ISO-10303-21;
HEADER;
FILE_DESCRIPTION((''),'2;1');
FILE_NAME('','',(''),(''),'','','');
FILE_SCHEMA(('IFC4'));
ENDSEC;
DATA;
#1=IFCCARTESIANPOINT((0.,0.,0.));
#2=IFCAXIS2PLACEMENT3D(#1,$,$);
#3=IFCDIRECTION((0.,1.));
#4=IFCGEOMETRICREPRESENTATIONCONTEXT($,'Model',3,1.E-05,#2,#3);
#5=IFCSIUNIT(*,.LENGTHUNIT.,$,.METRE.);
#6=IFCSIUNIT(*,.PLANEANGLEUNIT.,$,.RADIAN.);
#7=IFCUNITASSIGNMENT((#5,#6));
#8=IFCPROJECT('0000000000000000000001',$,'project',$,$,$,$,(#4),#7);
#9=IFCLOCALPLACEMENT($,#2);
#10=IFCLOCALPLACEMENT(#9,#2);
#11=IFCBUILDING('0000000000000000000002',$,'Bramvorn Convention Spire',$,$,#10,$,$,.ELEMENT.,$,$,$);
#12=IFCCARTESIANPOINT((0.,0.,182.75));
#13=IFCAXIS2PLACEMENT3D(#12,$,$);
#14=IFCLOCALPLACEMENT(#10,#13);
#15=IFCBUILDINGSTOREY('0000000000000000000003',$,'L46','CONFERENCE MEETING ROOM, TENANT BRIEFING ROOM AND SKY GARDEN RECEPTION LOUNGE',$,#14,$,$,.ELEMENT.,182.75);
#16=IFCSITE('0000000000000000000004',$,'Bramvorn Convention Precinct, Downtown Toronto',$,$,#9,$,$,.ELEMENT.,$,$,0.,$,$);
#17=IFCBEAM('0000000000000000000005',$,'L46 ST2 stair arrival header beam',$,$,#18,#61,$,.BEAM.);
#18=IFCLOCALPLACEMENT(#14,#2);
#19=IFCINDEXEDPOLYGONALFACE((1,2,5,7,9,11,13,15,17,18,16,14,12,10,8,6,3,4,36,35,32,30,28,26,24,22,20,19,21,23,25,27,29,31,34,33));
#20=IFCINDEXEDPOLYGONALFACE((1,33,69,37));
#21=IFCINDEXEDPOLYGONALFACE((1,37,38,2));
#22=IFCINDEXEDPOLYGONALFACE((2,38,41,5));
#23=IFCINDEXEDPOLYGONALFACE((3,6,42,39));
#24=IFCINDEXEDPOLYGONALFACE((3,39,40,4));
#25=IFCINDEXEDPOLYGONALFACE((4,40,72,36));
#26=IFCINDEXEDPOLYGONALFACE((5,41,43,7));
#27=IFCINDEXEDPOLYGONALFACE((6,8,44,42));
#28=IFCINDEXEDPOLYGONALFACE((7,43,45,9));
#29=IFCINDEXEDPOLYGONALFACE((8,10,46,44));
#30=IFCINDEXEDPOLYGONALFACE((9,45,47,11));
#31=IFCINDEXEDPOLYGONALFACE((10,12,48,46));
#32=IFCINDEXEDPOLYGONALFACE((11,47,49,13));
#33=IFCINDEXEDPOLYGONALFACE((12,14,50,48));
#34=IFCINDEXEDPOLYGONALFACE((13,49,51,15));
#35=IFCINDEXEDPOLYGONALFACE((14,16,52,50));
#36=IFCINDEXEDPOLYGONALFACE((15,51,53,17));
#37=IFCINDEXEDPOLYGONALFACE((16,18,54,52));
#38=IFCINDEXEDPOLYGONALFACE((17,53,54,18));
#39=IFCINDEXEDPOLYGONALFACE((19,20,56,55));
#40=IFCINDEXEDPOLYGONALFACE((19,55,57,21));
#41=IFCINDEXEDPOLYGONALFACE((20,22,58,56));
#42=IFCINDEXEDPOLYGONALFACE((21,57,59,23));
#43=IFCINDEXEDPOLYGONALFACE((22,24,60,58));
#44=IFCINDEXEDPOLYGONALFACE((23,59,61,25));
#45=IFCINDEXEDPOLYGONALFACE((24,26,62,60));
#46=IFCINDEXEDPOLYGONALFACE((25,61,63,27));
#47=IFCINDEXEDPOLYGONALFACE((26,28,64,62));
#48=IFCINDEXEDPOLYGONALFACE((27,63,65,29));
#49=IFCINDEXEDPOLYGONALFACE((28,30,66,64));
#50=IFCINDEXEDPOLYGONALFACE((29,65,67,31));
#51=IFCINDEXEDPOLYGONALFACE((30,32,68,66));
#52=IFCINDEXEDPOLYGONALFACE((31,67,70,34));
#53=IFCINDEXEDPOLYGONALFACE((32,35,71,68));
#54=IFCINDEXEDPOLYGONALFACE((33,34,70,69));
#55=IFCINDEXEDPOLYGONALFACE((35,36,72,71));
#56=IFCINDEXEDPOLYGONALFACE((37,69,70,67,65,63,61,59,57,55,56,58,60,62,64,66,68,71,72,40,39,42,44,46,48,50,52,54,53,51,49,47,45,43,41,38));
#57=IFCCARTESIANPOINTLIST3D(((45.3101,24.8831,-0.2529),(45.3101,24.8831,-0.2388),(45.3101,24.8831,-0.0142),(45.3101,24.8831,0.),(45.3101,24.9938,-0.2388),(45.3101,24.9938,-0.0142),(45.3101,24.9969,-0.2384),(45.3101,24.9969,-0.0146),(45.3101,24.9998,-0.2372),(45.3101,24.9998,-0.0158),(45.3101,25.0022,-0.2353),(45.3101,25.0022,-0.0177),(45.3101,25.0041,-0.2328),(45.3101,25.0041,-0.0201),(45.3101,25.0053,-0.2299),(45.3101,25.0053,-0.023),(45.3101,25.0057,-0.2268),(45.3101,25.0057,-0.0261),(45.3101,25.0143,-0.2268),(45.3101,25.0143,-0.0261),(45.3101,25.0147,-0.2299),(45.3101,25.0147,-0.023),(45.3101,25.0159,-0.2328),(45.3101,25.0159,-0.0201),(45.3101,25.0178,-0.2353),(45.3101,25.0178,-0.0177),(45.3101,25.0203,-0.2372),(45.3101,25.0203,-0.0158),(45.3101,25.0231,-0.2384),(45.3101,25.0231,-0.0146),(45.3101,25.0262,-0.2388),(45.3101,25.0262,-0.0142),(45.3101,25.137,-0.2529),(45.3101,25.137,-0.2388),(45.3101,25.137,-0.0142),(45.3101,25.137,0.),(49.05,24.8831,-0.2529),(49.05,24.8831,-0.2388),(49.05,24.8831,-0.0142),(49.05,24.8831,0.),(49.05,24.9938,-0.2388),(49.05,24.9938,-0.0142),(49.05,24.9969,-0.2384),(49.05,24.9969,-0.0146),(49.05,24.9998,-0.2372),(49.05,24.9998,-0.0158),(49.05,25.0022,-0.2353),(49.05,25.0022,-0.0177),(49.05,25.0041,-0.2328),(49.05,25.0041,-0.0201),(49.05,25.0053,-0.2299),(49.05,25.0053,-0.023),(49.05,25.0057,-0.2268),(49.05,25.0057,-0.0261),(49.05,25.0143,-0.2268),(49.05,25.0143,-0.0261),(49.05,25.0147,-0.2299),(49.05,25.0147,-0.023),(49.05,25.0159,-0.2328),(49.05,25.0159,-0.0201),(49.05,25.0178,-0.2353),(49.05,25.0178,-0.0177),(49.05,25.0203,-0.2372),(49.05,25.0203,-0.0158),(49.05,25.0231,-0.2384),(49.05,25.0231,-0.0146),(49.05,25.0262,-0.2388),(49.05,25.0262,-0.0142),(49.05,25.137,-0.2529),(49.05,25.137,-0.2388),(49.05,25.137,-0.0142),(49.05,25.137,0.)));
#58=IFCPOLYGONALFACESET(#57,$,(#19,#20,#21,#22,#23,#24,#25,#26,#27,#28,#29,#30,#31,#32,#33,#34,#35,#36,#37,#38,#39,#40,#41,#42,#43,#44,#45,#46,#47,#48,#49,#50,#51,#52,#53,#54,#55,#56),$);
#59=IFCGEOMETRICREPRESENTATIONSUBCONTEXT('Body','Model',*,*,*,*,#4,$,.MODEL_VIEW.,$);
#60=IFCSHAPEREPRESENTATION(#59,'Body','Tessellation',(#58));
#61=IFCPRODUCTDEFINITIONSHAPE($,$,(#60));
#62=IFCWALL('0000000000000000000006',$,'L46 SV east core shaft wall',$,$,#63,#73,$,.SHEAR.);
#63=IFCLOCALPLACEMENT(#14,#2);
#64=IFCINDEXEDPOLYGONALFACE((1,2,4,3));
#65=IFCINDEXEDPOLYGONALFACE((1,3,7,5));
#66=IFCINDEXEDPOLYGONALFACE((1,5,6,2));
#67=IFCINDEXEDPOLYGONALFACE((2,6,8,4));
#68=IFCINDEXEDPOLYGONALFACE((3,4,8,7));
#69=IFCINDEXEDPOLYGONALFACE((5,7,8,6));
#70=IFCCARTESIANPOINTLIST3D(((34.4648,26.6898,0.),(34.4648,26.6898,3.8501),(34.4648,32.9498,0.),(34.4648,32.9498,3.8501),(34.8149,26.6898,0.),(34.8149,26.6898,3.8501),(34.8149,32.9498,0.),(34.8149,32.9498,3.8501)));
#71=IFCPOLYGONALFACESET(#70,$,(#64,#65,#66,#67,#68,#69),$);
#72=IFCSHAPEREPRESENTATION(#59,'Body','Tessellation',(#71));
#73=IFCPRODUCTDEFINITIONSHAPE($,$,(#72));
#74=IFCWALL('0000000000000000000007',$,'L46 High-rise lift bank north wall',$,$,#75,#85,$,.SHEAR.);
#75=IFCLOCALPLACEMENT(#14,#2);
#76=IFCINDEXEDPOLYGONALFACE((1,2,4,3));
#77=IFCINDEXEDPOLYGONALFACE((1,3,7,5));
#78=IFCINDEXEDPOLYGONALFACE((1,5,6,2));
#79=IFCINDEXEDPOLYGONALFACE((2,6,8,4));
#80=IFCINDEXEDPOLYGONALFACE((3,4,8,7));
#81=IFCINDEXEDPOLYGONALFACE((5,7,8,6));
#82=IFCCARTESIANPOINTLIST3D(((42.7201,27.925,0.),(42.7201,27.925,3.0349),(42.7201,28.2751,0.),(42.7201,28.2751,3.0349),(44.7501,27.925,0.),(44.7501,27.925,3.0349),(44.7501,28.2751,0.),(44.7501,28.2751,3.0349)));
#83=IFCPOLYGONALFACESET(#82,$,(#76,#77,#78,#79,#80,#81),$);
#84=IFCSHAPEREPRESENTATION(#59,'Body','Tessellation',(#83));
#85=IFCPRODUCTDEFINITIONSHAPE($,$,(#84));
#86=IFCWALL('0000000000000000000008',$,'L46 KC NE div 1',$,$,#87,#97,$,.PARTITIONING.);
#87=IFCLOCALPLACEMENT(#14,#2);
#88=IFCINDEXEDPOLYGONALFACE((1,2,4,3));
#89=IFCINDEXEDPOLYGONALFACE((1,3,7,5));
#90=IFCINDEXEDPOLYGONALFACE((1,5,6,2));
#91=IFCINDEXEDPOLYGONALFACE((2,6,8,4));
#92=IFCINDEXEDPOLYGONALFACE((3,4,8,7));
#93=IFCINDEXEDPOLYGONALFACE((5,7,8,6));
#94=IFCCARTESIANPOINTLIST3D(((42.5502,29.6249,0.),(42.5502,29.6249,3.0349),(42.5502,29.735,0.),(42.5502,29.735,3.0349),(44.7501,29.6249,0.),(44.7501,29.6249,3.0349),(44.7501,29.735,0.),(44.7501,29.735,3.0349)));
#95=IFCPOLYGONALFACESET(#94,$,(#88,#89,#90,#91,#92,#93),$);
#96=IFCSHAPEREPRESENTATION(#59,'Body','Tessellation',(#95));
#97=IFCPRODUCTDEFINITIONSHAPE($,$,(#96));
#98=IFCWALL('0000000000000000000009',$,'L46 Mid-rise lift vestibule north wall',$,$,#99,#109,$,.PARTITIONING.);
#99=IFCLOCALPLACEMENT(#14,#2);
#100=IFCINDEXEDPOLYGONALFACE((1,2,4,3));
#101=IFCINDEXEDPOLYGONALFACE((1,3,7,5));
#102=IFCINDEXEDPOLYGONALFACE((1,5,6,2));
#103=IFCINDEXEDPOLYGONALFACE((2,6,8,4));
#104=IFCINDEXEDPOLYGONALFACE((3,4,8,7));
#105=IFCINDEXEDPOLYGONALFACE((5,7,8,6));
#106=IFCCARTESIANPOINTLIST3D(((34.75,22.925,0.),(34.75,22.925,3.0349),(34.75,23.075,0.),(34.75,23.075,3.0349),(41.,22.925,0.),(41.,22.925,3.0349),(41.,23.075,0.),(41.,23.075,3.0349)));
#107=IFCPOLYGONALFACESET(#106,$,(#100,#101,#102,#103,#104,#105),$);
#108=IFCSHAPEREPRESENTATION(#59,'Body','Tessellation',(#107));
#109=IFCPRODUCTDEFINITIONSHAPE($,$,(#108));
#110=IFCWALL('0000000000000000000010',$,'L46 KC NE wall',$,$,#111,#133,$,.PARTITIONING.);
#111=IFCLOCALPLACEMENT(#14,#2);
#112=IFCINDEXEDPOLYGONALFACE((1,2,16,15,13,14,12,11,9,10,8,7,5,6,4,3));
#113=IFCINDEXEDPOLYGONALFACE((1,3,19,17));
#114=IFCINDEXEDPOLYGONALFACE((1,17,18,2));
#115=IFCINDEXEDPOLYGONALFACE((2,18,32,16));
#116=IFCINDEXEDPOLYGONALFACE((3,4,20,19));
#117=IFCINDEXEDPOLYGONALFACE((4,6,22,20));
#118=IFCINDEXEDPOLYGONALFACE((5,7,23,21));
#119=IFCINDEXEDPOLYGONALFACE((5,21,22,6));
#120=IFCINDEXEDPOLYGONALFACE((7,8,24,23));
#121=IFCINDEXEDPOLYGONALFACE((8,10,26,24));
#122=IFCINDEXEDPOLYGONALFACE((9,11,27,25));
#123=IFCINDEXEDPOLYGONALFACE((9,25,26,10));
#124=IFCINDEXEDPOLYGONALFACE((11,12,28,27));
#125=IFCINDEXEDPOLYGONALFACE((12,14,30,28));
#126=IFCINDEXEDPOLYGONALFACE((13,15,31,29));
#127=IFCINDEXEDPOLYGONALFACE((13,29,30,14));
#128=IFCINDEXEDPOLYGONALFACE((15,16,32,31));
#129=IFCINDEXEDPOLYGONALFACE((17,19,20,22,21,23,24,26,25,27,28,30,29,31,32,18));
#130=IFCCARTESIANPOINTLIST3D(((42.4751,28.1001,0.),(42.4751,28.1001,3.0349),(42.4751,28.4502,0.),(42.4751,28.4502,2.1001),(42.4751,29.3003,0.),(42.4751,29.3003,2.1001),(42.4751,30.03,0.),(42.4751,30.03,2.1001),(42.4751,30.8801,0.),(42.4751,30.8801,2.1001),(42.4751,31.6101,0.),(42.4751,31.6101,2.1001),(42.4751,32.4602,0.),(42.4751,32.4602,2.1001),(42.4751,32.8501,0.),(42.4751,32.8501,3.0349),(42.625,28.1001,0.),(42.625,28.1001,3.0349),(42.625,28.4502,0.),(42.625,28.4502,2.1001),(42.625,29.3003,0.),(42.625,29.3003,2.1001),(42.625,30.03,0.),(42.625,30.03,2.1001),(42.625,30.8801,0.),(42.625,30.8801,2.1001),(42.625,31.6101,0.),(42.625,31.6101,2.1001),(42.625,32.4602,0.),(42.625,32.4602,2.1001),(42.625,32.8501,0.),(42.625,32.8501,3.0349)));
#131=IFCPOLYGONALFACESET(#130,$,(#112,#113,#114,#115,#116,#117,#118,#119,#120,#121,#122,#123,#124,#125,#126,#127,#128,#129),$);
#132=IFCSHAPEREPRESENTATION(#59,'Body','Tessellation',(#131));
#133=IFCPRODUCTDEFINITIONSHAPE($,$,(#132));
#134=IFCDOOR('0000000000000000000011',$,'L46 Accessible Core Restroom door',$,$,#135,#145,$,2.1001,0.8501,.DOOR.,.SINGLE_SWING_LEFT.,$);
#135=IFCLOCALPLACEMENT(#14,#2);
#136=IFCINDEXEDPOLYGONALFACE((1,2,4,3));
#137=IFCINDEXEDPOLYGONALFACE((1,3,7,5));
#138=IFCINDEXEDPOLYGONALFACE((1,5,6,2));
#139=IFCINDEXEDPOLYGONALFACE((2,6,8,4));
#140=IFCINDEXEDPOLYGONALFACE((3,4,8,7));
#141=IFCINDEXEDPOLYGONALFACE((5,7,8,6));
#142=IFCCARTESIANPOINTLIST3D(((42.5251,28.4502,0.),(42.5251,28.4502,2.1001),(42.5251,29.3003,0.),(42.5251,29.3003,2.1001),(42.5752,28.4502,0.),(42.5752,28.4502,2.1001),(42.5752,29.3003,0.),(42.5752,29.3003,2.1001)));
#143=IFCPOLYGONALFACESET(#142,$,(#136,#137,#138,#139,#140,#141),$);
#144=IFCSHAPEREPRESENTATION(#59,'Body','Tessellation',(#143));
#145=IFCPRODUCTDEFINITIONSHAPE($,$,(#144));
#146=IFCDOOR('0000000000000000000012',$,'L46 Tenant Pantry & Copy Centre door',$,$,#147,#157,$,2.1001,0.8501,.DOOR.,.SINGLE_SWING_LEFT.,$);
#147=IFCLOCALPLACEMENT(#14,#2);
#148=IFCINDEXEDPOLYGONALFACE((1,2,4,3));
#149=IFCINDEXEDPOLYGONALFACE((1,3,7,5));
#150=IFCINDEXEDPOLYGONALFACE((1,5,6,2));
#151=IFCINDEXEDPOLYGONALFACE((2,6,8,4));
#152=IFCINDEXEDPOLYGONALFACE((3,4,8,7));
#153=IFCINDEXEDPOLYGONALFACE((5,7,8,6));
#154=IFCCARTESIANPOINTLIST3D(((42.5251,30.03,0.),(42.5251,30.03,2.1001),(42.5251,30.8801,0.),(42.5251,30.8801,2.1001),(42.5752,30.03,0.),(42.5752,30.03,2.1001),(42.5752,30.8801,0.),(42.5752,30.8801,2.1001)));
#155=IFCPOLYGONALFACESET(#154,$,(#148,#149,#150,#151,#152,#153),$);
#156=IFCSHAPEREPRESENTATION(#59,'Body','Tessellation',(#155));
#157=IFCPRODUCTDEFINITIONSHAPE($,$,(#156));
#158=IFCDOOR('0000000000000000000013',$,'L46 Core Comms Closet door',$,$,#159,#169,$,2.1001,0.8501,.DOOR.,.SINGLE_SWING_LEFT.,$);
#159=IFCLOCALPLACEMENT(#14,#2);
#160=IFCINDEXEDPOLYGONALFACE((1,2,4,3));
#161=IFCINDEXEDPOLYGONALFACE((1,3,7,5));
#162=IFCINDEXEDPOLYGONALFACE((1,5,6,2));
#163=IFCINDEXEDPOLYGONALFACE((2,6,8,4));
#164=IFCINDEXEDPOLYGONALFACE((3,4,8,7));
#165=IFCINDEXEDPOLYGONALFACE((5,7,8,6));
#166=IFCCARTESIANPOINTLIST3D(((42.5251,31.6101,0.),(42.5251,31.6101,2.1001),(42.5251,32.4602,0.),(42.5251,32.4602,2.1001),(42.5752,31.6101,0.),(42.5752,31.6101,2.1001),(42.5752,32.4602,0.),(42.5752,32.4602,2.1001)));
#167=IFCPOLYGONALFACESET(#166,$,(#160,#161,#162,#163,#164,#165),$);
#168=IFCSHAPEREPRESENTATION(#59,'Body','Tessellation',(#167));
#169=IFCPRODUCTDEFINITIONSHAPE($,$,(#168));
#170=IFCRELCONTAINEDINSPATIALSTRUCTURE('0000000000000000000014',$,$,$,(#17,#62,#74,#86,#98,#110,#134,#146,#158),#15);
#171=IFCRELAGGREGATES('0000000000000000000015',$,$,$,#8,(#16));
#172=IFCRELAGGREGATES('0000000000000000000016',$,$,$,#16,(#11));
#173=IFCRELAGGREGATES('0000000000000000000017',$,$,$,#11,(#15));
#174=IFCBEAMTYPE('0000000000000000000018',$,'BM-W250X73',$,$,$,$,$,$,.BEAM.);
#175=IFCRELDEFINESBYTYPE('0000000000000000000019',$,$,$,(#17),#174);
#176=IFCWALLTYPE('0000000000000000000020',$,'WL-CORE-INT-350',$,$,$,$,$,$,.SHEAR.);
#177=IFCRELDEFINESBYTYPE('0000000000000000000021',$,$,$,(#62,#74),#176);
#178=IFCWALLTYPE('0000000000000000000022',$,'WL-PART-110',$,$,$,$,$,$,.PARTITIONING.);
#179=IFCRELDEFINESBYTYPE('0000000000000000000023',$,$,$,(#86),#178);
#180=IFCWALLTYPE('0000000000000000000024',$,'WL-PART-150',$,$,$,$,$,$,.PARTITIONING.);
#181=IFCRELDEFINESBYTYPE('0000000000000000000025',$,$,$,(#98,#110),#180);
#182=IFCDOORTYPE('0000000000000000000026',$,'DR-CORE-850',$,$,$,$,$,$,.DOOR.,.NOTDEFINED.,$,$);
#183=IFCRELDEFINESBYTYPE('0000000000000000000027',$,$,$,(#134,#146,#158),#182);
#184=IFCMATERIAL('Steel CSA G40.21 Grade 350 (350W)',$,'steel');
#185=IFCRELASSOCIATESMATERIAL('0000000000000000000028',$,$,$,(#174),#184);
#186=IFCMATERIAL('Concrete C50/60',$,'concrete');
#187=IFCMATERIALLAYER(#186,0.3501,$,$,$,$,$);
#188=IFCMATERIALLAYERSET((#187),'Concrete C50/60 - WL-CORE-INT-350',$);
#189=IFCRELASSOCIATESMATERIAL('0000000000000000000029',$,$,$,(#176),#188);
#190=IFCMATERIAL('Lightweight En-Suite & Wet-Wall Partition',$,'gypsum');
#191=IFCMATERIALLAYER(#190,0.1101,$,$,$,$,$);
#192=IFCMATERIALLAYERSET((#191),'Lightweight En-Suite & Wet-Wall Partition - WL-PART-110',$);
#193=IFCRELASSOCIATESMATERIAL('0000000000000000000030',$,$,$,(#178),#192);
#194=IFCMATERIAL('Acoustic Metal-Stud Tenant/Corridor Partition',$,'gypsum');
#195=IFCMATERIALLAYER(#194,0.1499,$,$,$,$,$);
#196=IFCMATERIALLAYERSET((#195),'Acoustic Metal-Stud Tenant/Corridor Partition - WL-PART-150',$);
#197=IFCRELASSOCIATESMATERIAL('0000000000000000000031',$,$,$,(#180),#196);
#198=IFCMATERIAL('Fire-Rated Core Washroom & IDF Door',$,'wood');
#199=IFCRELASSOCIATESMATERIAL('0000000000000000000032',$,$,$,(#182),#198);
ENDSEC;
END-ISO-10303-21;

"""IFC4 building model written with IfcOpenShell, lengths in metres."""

from ifc_helpers import new_model, si_unit, direction, frame, frame_2d, origin, origin_2d, place, context, subcontext, project, spatial, rectangle, i_section, extrude, material, layer, layer_set, material_profile, profile_set, type_object, element, fill, save


model = new_model("IFC4")

# Units and contexts
model_context = context("Model", 3, precision=1e-05, world=origin(), true_north=direction((0.0, 1.0)))
body_context = subcontext(model_context, "Body", "Model", "MODEL_VIEW")
ifc_project = project(units=[si_unit("LENGTHUNIT", "METRE"), si_unit("PLANEANGLEUNIT", "RADIAN")], contexts=[model_context])

# Site, building, storey
site_placement = place(None, origin())
site = spatial("IfcSite", under=ifc_project, at=site_placement, Name="Bramvorn Convention Precinct, Downtown Toronto", CompositionType="ELEMENT", RefElevation=0.0)
building_placement = place(site_placement, origin())
building = spatial("IfcBuilding", under=site, at=building_placement, Name="Bramvorn Convention Spire", CompositionType="ELEMENT")
storey_placement = place(building_placement, frame((0.0, 0.0, 182.75)))
storey = spatial("IfcBuildingStorey", under=building, at=storey_placement, Name="L46", Description="CONFERENCE MEETING ROOM, TENANT BRIEFING ROOM AND SKY GARDEN RECEPTION LOUNGE", CompositionType="ELEMENT", Elevation=182.75)

# Beam
ifc_material_1 = material(Name="Steel CSA G40.21 Grade 350 (350W)", Category="steel")
ifc_material_profile = material_profile(ifc_material_1, i_section(OverallWidth=0.2539, OverallDepth=0.2529, WebThickness=0.0085, FlangeThickness=0.0142, FilletRadius=0.012, at=origin_2d()))
ifc_profile_set = profile_set([ifc_material_profile], Name="Steel CSA G40.21 Grade 350 (350W) - W250X73")
beam_type = type_object("IfcBeamType", Name="BM-W250X73", PredefinedType="BEAM", material=ifc_profile_set)
beam_placement = place(storey_placement, frame((45.3101, 25.01, -0.1265), z_axis=(1.0, 0.0, 0.0), x_axis=(0.0, 1.0, 0.0)))
element("IfcBeam", 1, at=beam_placement, inside=storey, type_object=beam_type, Name="L46 ST2 stair arrival header beam", PredefinedType="BEAM", context=body_context, shape_type="SweptSolid", body=[
    extrude(i_section(OverallWidth=0.2539, OverallDepth=0.2529, WebThickness=0.0085, FlangeThickness=0.0142, FilletRadius=0.012, at=origin_2d()), origin(), (0.0, 0.0, 1.0), 3.74),
])

# Shared definitions
ifc_material_2 = material(Name="Concrete C50/60", Category="concrete")
ifc_layer_1 = layer(ifc_material_2, 0.3501)
ifc_layer_set_1 = layer_set([ifc_layer_1], Name="Concrete C50/60 - WL-CORE-INT-350")
wall_type_1 = type_object("IfcWallType", Name="WL-CORE-INT-350", PredefinedType="SHEAR", material=ifc_layer_set_1)

# Walls
wall_1_placement = place(storey_placement, frame((34.6399, 26.6899, 0.0), z_axis=(0.0, 0.0, 1.0), x_axis=(0.0, 1.0, 0.0)))
element("IfcWall", 2, at=wall_1_placement, inside=storey, type_object=wall_type_1, Name="L46 SV east core shaft wall", PredefinedType="SHEAR", context=body_context, shape_type="SweptSolid", body=[
    extrude(rectangle(XDim=6.26, YDim=0.3501, at=frame_2d((3.1299, 0.0))), origin(), (0.0, 0.0, 1.0), 3.8501),
])
wall_2_placement = place(storey_placement, frame((42.72, 28.1001, 0.0), z_axis=(0.0, 0.0, 1.0), x_axis=(1.0, 0.0, 0.0)))
element("IfcWall", 3, at=wall_2_placement, inside=storey, type_object=wall_type_1, Name="L46 High-rise lift bank north wall", PredefinedType="SHEAR", context=body_context, shape_type="SweptSolid", body=[
    extrude(rectangle(XDim=2.03, YDim=0.3501, at=frame_2d((1.0151, 0.0))), origin(), (0.0, 0.0, 1.0), 3.0349),
])
ifc_material_3 = material(Name="Lightweight En-Suite & Wet-Wall Partition", Category="gypsum")
ifc_layer_2 = layer(ifc_material_3, 0.1101)
ifc_layer_set_2 = layer_set([ifc_layer_2], Name="Lightweight En-Suite & Wet-Wall Partition - WL-PART-110")
wall_type_2 = type_object("IfcWallType", Name="WL-PART-110", PredefinedType="PARTITIONING", material=ifc_layer_set_2)
wall_3_placement = place(storey_placement, frame((42.55, 29.6799, 0.0), z_axis=(0.0, 0.0, 1.0), x_axis=(1.0, 0.0, 0.0)))
element("IfcWall", 4, at=wall_3_placement, inside=storey, type_object=wall_type_2, Name="L46 KC NE div 1", PredefinedType="PARTITIONING", context=body_context, shape_type="SweptSolid", body=[
    extrude(rectangle(XDim=2.2, YDim=0.1101, at=frame_2d((1.1001, 0.0))), origin(), (0.0, 0.0, 1.0), 3.0349),
])
ifc_material_4 = material(Name="Acoustic Metal-Stud Tenant/Corridor Partition", Category="gypsum")
ifc_layer_3 = layer(ifc_material_4, 0.1499)
ifc_layer_set_3 = layer_set([ifc_layer_3], Name="Acoustic Metal-Stud Tenant/Corridor Partition - WL-PART-150")
wall_type_3 = type_object("IfcWallType", Name="WL-PART-150", PredefinedType="PARTITIONING", material=ifc_layer_set_3)
wall_4_placement = place(storey_placement, frame((34.75, 23.0, 0.0), z_axis=(0.0, 0.0, 1.0), x_axis=(1.0, 0.0, 0.0)))
element("IfcWall", 5, at=wall_4_placement, inside=storey, type_object=wall_type_3, Name="L46 Mid-rise lift vestibule north wall", PredefinedType="PARTITIONING", context=body_context, shape_type="SweptSolid", body=[
    extrude(rectangle(XDim=6.25, YDim=0.1499, at=frame_2d((3.125, 0.0))), origin(), (0.0, 0.0, 1.0), 3.0349),
])

# Wall, openings, doors
wall_5_placement = place(storey_placement, frame((42.55, 28.1001, 0.0), z_axis=(0.0, 0.0, 1.0), x_axis=(0.0, 1.0, 0.0)))
wall_5 = element("IfcWall", 6, at=wall_5_placement, inside=storey, type_object=wall_type_3, Name="L46 KC NE wall", PredefinedType="PARTITIONING", context=body_context, shape_type="SweptSolid", body=[
    extrude(rectangle(XDim=4.75, YDim=0.1499, at=frame_2d((2.375, 0.0))), origin(), (0.0, 0.0, 1.0), 3.0349),
])
opening_1_placement = place(wall_5_placement, frame((0.3501, 0.0, 0.0)))
opening_1 = element("IfcOpeningElement", 7, at=opening_1_placement, cuts=wall_5, PredefinedType="OPENING", context=body_context, shape_type="SweptSolid", body=[
    extrude(rectangle(XDim=0.8501, YDim=2.1001, at=frame_2d((0.425, 1.05))), frame((0.0, 0.085, 0.0), z_axis=(0.0, -1.0, 0.0), x_axis=(1.0, 0.0, 0.0)), (0.0, 0.0, 1.0), 0.1699),
])
opening_2_placement = place(wall_5_placement, frame((1.9299, 0.0, 0.0)))
opening_2 = element("IfcOpeningElement", 8, at=opening_2_placement, cuts=wall_5, PredefinedType="OPENING", context=body_context, shape_type="SweptSolid", body=[
    extrude(rectangle(XDim=0.8501, YDim=2.1001, at=frame_2d((0.425, 1.05))), frame((0.0, 0.085, 0.0), z_axis=(0.0, -1.0, 0.0), x_axis=(1.0, 0.0, 0.0)), (0.0, 0.0, 1.0), 0.1699),
])
opening_3_placement = place(wall_5_placement, frame((3.51, 0.0, 0.0)))
opening_3 = element("IfcOpeningElement", 9, at=opening_3_placement, cuts=wall_5, PredefinedType="OPENING", context=body_context, shape_type="SweptSolid", body=[
    extrude(rectangle(XDim=0.8501, YDim=2.1001, at=frame_2d((0.425, 1.05))), frame((0.0, 0.085, 0.0), z_axis=(0.0, -1.0, 0.0), x_axis=(1.0, 0.0, 0.0)), (0.0, 0.0, 1.0), 0.1699),
])
ifc_material_5 = material(Name="Fire-Rated Core Washroom & IDF Door", Category="wood")
door_type_1 = type_object("IfcDoorType", Name="DR-CORE-850", OperationType="NOTDEFINED", PredefinedType="DOOR", material=ifc_material_5)
door_1_placement = place(opening_1_placement, origin())
door_1 = element("IfcDoor", 10, at=door_1_placement, inside=storey, type_object=door_type_1, Name="L46 Accessible Core Restroom door", OperationType="SINGLE_SWING_LEFT", OverallHeight=2.1001, OverallWidth=0.8501, PredefinedType="DOOR", context=body_context, shape_type="SweptSolid", body=[
    extrude(rectangle(XDim=0.8501, YDim=2.1001, at=frame_2d((0.425, 1.05))), frame((0.0, 0.0249, 0.0), z_axis=(0.0, -1.0, 0.0), x_axis=(1.0, 0.0, 0.0)), (0.0, 0.0, 1.0), 0.05),
])
fill(opening_1, door_1)
door_2_placement = place(opening_2_placement, origin())
door_2 = element("IfcDoor", 11, at=door_2_placement, inside=storey, type_object=door_type_1, Name="L46 Tenant Pantry & Copy Centre door", OperationType="SINGLE_SWING_LEFT", OverallHeight=2.1001, OverallWidth=0.8501, PredefinedType="DOOR", context=body_context, shape_type="SweptSolid", body=[
    extrude(rectangle(XDim=0.8501, YDim=2.1001, at=frame_2d((0.425, 1.05))), frame((0.0, 0.0249, 0.0), z_axis=(0.0, -1.0, 0.0), x_axis=(1.0, 0.0, 0.0)), (0.0, 0.0, 1.0), 0.05),
])
fill(opening_2, door_2)
door_3_placement = place(opening_3_placement, origin())
door_3 = element("IfcDoor", 12, at=door_3_placement, inside=storey, type_object=door_type_1, Name="L46 Core Comms Closet door", OperationType="SINGLE_SWING_LEFT", OverallHeight=2.1001, OverallWidth=0.8501, PredefinedType="DOOR", context=body_context, shape_type="SweptSolid", body=[
    extrude(rectangle(XDim=0.8501, YDim=2.1001, at=frame_2d((0.425, 1.05))), frame((0.0, 0.0249, 0.0), z_axis=(0.0, -1.0, 0.0), x_axis=(1.0, 0.0, 0.0)), (0.0, 0.0, 1.0), 0.05),
])
fill(opening_3, door_3)

save(model, "model.ifc")
